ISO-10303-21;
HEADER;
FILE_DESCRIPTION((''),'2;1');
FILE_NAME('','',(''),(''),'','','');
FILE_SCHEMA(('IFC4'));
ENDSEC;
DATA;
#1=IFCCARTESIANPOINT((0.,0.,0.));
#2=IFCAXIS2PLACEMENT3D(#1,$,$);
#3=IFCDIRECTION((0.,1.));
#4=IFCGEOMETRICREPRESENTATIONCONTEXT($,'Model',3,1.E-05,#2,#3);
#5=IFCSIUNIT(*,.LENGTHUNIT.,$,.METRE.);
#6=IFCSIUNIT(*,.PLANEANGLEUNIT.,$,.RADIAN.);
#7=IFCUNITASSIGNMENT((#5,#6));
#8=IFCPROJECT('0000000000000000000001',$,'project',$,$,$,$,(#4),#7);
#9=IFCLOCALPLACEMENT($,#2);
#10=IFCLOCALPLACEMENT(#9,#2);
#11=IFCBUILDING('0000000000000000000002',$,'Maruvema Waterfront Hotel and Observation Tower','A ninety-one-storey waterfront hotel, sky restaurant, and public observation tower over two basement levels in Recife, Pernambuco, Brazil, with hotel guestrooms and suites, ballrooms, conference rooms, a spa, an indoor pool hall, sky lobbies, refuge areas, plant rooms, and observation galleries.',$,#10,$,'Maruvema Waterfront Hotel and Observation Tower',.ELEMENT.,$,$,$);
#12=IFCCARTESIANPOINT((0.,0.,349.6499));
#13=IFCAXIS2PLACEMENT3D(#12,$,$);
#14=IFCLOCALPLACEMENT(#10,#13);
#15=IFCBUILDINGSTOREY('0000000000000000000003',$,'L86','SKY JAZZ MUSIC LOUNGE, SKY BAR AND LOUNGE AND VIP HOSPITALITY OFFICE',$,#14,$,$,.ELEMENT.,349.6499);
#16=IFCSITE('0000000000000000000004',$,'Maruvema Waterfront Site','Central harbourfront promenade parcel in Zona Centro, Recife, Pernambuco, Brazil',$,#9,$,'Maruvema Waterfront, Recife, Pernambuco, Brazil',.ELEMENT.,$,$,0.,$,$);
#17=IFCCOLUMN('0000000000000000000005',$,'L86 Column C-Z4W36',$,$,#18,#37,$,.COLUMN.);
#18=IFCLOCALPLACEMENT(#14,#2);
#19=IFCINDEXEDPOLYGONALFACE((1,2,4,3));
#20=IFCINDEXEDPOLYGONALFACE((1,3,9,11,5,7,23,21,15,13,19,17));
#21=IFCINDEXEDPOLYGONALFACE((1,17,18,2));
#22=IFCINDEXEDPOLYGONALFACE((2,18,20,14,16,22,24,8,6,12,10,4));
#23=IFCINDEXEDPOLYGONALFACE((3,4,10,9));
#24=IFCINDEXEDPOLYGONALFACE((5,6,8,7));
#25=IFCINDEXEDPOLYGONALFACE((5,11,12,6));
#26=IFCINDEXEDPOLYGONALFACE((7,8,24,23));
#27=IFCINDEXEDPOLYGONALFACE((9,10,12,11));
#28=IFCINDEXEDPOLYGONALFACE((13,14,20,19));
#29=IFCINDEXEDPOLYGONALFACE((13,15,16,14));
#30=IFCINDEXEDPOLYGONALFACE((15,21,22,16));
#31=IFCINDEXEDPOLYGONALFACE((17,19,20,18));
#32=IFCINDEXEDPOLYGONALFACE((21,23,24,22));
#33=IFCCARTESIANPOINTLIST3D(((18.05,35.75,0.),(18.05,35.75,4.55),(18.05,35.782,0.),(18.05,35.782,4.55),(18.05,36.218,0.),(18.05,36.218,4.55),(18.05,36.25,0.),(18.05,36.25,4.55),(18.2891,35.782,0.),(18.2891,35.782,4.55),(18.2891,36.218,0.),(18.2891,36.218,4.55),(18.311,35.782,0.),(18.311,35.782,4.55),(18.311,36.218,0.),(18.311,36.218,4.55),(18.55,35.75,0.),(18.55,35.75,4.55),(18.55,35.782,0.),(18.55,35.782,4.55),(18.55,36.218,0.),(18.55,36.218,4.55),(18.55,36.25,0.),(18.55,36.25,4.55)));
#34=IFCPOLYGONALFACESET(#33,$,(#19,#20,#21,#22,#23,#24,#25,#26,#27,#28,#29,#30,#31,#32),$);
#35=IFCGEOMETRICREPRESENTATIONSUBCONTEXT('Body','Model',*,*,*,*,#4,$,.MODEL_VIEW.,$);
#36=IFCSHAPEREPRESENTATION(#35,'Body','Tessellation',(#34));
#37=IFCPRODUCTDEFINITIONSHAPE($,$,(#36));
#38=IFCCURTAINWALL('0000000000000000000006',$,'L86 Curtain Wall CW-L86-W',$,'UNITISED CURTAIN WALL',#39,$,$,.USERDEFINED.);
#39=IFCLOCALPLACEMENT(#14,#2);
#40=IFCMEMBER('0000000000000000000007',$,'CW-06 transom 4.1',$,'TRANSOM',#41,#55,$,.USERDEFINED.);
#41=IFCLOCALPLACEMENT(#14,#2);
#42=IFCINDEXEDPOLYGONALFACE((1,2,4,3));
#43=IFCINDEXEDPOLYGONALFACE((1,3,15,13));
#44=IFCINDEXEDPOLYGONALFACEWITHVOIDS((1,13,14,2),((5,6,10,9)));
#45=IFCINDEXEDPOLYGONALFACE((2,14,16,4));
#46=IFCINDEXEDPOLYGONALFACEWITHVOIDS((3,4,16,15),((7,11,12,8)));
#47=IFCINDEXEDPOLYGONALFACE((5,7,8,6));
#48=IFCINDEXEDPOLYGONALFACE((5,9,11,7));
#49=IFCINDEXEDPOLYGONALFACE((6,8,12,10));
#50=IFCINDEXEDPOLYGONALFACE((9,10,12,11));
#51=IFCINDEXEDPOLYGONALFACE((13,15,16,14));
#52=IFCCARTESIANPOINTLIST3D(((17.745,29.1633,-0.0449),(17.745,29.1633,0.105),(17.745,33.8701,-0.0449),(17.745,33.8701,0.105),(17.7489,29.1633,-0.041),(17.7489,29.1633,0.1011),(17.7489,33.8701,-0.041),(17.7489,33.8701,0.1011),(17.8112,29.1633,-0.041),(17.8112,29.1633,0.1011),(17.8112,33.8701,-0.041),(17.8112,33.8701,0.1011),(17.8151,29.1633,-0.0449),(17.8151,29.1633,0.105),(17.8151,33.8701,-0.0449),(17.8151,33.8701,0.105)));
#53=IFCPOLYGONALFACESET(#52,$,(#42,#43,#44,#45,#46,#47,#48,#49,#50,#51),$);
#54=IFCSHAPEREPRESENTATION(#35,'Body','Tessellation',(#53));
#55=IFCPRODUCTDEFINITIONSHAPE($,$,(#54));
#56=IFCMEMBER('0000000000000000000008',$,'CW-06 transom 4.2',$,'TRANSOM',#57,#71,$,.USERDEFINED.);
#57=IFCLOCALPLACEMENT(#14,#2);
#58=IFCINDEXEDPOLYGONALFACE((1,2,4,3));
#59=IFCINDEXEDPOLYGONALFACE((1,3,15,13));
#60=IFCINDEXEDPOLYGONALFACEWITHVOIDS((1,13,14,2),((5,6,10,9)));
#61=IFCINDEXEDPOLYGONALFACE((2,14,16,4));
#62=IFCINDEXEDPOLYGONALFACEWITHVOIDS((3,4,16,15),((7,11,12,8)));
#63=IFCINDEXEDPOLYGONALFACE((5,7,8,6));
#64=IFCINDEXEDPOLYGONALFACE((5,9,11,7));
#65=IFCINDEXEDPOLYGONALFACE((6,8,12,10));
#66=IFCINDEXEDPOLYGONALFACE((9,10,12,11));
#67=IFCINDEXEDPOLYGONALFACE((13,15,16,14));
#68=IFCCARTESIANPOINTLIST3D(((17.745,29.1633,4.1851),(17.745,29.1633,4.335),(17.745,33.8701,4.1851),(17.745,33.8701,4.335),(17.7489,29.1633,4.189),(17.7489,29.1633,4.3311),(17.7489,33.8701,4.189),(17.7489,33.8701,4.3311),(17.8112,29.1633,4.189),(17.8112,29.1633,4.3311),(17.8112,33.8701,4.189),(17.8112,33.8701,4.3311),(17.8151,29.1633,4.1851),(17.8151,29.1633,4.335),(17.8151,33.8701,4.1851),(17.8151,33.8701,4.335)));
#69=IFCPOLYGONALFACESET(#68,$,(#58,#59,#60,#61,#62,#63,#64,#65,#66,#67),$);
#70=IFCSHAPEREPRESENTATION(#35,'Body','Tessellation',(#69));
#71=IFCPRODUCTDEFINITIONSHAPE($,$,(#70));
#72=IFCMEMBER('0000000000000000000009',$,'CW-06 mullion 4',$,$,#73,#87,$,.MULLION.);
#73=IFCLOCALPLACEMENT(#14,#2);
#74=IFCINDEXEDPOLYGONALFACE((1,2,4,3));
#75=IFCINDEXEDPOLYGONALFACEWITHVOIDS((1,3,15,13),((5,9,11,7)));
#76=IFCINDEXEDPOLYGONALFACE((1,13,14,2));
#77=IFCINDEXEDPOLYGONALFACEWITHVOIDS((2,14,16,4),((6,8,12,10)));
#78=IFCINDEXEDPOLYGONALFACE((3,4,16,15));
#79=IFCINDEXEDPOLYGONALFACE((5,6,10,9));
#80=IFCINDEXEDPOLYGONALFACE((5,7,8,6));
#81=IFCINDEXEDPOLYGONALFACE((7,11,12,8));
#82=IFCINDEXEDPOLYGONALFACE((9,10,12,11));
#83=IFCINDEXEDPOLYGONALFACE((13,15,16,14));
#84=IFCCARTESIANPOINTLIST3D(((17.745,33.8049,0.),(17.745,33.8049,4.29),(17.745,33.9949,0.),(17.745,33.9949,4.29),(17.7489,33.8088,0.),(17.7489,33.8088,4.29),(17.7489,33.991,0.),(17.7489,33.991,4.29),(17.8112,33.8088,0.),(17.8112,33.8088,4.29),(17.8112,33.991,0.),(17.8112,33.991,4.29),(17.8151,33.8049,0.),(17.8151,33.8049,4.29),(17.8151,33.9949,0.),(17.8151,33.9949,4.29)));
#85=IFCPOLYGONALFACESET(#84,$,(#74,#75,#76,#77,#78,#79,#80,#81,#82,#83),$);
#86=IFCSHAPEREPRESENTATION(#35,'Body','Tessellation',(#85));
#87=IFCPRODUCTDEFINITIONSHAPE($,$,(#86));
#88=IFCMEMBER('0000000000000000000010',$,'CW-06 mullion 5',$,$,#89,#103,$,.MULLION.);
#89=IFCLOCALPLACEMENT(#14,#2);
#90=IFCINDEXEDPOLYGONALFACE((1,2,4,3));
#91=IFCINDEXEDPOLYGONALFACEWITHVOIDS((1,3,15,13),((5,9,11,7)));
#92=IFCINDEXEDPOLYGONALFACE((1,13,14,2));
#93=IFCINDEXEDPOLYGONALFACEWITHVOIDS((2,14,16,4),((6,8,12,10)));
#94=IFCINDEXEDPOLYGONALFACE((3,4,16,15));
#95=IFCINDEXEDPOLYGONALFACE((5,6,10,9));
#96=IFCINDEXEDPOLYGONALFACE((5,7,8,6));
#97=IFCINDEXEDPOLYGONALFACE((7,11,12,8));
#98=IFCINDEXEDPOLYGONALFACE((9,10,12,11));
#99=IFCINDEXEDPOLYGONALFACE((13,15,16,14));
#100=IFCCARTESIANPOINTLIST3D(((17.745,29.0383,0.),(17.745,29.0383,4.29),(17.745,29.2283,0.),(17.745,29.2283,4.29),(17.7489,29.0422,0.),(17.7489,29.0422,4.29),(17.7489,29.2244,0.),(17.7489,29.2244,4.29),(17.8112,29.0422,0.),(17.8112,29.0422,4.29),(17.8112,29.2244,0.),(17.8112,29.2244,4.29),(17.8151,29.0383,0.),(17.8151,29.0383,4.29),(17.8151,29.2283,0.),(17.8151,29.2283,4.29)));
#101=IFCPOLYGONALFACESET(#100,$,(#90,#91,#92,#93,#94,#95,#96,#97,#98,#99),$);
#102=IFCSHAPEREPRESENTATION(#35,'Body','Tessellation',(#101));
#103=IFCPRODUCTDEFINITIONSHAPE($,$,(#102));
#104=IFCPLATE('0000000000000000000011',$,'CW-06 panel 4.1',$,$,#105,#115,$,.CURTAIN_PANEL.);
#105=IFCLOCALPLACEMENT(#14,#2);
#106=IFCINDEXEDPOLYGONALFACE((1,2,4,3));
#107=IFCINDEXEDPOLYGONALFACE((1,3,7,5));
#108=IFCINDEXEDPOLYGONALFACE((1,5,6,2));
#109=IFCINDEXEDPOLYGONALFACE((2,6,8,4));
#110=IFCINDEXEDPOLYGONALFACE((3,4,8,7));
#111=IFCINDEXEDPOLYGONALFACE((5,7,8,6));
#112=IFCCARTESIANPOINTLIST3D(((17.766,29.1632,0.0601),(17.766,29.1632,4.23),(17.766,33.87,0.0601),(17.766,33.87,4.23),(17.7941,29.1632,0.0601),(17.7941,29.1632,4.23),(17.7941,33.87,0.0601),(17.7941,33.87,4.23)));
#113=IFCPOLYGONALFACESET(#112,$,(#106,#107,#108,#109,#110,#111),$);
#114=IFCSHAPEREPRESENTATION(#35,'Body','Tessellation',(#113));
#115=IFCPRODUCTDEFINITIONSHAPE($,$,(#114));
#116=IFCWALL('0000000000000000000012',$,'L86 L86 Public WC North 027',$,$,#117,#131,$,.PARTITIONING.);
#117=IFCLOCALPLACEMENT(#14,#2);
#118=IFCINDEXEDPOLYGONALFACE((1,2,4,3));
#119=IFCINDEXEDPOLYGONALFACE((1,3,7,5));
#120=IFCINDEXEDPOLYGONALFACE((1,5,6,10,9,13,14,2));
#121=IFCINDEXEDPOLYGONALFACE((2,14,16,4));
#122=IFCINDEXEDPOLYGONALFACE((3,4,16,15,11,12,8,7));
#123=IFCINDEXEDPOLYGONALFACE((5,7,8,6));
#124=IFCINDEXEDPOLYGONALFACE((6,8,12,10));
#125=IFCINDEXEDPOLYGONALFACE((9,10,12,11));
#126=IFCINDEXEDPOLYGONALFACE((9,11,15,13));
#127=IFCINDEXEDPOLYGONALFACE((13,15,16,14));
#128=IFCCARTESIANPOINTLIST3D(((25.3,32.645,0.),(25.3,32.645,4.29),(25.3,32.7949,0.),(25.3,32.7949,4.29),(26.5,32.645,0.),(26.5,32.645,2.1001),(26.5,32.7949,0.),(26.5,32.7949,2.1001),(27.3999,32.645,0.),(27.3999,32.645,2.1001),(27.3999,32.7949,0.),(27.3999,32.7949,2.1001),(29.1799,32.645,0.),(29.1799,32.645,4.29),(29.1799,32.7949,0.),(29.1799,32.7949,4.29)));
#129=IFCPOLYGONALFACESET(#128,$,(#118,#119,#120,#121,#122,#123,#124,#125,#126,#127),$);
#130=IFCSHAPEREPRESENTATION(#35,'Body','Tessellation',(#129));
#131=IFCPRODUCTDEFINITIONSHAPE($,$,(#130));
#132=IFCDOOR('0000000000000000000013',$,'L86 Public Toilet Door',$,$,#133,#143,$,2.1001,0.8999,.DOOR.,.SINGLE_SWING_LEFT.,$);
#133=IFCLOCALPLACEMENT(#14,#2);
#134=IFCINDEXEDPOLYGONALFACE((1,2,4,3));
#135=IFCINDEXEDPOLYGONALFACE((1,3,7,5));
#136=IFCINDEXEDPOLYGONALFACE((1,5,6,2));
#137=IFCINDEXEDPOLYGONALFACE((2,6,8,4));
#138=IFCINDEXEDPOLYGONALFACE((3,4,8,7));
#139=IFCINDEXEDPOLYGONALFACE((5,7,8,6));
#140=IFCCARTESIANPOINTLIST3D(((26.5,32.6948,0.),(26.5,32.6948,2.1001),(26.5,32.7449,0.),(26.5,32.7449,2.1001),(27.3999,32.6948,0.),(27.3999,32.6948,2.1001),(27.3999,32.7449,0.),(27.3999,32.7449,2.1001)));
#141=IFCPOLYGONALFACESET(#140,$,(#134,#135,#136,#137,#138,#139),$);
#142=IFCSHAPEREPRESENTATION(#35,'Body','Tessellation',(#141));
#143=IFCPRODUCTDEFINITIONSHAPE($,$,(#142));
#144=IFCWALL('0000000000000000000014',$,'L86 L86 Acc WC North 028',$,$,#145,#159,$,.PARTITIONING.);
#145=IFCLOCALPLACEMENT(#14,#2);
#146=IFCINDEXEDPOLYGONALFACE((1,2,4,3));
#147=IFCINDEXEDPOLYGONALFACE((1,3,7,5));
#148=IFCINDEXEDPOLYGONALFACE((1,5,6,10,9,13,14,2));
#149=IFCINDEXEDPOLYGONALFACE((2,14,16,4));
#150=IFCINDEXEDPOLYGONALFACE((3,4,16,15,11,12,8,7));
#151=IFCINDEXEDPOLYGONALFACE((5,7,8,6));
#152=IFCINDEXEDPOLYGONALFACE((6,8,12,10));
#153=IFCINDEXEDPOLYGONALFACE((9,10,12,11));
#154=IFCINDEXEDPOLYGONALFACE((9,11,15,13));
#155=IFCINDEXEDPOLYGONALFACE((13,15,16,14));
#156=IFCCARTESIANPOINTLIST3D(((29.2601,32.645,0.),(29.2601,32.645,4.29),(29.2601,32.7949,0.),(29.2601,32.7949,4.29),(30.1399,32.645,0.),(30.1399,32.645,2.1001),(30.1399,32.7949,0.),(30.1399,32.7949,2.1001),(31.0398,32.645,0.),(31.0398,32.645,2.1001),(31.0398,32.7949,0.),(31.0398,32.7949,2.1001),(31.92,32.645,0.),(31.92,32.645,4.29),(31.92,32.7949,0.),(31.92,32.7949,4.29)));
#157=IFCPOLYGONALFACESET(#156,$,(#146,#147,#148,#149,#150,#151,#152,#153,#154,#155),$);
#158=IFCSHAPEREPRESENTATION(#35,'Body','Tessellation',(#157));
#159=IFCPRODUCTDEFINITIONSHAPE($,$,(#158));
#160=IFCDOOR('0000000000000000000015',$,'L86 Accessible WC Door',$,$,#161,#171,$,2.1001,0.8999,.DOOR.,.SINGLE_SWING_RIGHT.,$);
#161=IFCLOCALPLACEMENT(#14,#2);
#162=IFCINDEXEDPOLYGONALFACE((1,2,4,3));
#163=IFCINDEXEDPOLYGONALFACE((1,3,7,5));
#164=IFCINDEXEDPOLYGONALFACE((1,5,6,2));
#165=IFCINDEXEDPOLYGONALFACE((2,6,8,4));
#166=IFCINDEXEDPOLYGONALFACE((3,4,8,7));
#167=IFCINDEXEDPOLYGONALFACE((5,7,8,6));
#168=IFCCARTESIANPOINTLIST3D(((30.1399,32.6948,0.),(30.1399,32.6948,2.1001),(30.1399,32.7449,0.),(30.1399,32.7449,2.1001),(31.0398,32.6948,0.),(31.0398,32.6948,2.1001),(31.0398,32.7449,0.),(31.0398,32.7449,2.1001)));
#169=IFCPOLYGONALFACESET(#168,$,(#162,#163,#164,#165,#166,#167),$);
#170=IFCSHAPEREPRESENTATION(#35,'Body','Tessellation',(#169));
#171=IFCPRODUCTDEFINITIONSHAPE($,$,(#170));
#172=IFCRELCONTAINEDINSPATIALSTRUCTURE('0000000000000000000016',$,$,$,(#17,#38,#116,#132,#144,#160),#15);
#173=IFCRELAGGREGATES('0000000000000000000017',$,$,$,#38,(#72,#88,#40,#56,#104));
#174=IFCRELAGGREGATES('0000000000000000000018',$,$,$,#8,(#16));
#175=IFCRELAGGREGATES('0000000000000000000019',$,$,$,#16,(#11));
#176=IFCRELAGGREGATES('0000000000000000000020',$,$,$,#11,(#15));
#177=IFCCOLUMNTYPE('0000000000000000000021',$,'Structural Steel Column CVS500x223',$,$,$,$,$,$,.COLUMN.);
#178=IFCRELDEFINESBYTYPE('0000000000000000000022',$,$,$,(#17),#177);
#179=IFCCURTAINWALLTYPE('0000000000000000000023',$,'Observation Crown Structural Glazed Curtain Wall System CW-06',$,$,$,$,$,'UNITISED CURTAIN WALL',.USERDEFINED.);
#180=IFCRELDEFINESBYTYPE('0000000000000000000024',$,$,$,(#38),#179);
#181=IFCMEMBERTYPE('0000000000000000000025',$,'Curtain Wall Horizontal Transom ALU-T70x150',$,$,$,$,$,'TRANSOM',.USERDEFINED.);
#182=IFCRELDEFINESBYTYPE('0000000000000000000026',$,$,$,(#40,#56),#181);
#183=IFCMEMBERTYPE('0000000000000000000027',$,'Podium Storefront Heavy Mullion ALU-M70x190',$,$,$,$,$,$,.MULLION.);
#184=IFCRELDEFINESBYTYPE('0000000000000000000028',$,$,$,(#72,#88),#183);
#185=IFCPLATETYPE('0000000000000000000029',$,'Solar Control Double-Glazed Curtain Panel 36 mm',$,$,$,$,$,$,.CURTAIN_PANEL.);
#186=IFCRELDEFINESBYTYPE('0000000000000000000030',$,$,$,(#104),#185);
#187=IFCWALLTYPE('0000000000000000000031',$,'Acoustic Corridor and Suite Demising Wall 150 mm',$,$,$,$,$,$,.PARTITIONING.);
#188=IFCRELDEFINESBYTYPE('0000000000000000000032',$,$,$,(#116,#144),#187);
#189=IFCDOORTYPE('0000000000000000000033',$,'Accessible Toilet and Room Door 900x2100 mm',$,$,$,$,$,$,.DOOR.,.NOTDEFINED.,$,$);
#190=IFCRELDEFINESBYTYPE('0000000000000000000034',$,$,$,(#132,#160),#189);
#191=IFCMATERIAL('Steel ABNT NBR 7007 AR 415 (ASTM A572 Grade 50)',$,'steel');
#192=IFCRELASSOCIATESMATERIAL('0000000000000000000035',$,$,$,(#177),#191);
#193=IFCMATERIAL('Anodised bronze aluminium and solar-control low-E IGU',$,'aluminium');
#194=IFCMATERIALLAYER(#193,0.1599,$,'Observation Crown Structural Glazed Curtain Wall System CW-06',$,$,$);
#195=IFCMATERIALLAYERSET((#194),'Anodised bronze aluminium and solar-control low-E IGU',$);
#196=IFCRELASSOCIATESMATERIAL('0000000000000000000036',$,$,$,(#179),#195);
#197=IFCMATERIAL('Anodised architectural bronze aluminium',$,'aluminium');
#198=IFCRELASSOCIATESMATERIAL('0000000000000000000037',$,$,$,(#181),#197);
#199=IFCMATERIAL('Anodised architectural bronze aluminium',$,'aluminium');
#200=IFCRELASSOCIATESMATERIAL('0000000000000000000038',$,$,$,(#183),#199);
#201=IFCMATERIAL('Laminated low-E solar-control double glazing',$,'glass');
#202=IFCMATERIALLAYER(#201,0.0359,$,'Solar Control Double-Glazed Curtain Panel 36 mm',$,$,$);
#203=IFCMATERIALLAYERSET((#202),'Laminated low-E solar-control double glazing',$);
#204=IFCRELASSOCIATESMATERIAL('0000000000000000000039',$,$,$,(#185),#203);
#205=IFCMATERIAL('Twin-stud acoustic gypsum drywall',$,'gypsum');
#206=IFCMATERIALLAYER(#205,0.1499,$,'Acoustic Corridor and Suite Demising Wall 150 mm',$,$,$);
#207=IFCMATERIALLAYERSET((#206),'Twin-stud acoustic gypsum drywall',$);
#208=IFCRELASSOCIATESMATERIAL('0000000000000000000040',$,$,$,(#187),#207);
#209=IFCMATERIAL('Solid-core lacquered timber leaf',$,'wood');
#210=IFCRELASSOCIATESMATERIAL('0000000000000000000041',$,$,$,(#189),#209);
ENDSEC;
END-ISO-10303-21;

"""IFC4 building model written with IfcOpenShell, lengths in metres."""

from ifc_helpers import new_model, si_unit, direction, frame, frame_2d, origin, origin_2d, place, context, subcontext, project, spatial, rectangle, hollow_rectangle, i_section, extrude, material, layer, layer_set, material_profile, profile_set, type_object, element, fill, aggregate, save


model = new_model("IFC4")

# Units and contexts
model_context = context("Model", 3, precision=1e-05, world=origin(), true_north=direction((0.0, 1.0)))
body_context = subcontext(model_context, "Body", "Model", "MODEL_VIEW")
ifc_project = project(units=[si_unit("LENGTHUNIT", "METRE"), si_unit("PLANEANGLEUNIT", "RADIAN")], contexts=[model_context])

# Site, building, storey
site_placement = place(None, origin())
site = spatial("IfcSite", under=ifc_project, at=site_placement, Name="Maruvema Waterfront Site", Description="Central harbourfront promenade parcel in Zona Centro, Recife, Pernambuco, Brazil", LongName="Maruvema Waterfront, Recife, Pernambuco, Brazil", CompositionType="ELEMENT", RefElevation=0.0)
building_placement = place(site_placement, origin())
building = spatial("IfcBuilding", under=site, at=building_placement, Name="Maruvema Waterfront Hotel and Observation Tower", Description="A ninety-one-storey waterfront hotel, sky restaurant, and public observation tower over two basement levels in Recife, Pernambuco, Brazil, with hotel guestrooms and suites, ballrooms, conference rooms, a spa, an indoor pool hall, sky lobbies, refuge areas, plant rooms, and observation galleries.", LongName="Maruvema Waterfront Hotel and Observation Tower", CompositionType="ELEMENT")
storey_placement = place(building_placement, frame((0.0, 0.0, 349.6499)))
storey = spatial("IfcBuildingStorey", under=building, at=storey_placement, Name="L86", Description="SKY JAZZ MUSIC LOUNGE, SKY BAR AND LOUNGE AND VIP HOSPITALITY OFFICE", CompositionType="ELEMENT", Elevation=349.6499)

# Column
ifc_material_1 = material(Name="Steel ABNT NBR 7007 AR 415 (ASTM A572 Grade 50)", Category="steel")
ifc_material_profile_1 = material_profile(ifc_material_1, i_section(OverallWidth=0.5, OverallDepth=0.5, WebThickness=0.022, FlangeThickness=0.032, at=origin_2d()), Name="CVS500x223")
ifc_profile_set_1 = profile_set([ifc_material_profile_1], Name="Steel ABNT NBR 7007 AR 415 (ASTM A572 Grade 50)")
column_type = type_object("IfcColumnType", Name="Structural Steel Column CVS500x223", PredefinedType="COLUMN", material=ifc_profile_set_1)
column_placement = place(storey_placement, frame((18.3, 36.0, 0.0), z_axis=(0.0, 0.0, 1.0), x_axis=(1.0, 0.0, 0.0)))
element("IfcColumn", 1, at=column_placement, inside=storey, type_object=column_type, Name="L86 Column C-Z4W36", PredefinedType="COLUMN", context=body_context, shape_type="SweptSolid", body=[
    extrude(i_section(OverallWidth=0.5, OverallDepth=0.5, WebThickness=0.022, FlangeThickness=0.032, at=origin_2d()), origin(), (0.0, 0.0, 1.0), 4.55),
])

# Curtain wall, members, plate
ifc_material_2 = material(Name="Anodised bronze aluminium and solar-control low-E IGU", Category="aluminium")
ifc_layer_1 = layer(ifc_material_2, 0.1599, Name="Observation Crown Structural Glazed Curtain Wall System CW-06")
ifc_layer_set_1 = layer_set([ifc_layer_1], Name="Anodised bronze aluminium and solar-control low-E IGU")
curtain_wall_type = type_object("IfcCurtainWallType", Name="Observation Crown Structural Glazed Curtain Wall System CW-06", ElementType="UNITISED CURTAIN WALL", PredefinedType="USERDEFINED", material=ifc_layer_set_1)
curtain_wall_placement = place(storey_placement, origin())
curtain_wall = element("IfcCurtainWall", 2, at=curtain_wall_placement, inside=storey, type_object=curtain_wall_type, Name="L86 Curtain Wall CW-L86-W", ObjectType="UNITISED CURTAIN WALL", PredefinedType="USERDEFINED")
ifc_material_3 = material(Name="Anodised architectural bronze aluminium", Category="aluminium")
ifc_material_profile_2 = material_profile(ifc_material_3, hollow_rectangle(XDim=0.0701, YDim=0.1499, WallThickness=0.0039, at=origin_2d()), Name="ALU-T70x150")
ifc_profile_set_2 = profile_set([ifc_material_profile_2], Name="Anodised architectural bronze aluminium")
member_type_1 = type_object("IfcMemberType", Name="Curtain Wall Horizontal Transom ALU-T70x150", ElementType="TRANSOM", PredefinedType="USERDEFINED", material=ifc_profile_set_2)
member_1_placement = place(storey_placement, frame((17.78, 33.8701, 0.03), z_axis=(0.0, -1.0, 0.0), x_axis=(1.0, 0.0, 0.0)))
member_1 = element("IfcMember", 3, at=member_1_placement, type_object=member_type_1, Name="CW-06 transom 4.1", ObjectType="TRANSOM", PredefinedType="USERDEFINED", context=body_context, shape_type="SweptSolid", body=[
    extrude(hollow_rectangle(XDim=0.0701, YDim=0.1499, WallThickness=0.0039, at=origin_2d()), origin(), (0.0, 0.0, 1.0), 4.7068),
])
member_2_placement = place(storey_placement, frame((17.78, 33.8701, 4.26), z_axis=(0.0, -1.0, 0.0), x_axis=(1.0, 0.0, 0.0)))
member_2 = element("IfcMember", 4, at=member_2_placement, type_object=member_type_1, Name="CW-06 transom 4.2", ObjectType="TRANSOM", PredefinedType="USERDEFINED", context=body_context, shape_type="SweptSolid", body=[
    extrude(hollow_rectangle(XDim=0.0701, YDim=0.1499, WallThickness=0.0039, at=origin_2d()), origin(), (0.0, 0.0, 1.0), 4.7068),
])
ifc_material_4 = material(Name="Anodised architectural bronze aluminium", Category="aluminium")
ifc_material_profile_3 = material_profile(ifc_material_4, hollow_rectangle(XDim=0.0701, YDim=0.1899, WallThickness=0.0039, at=origin_2d()), Name="ALU-M70x190")
ifc_profile_set_3 = profile_set([ifc_material_profile_3], Name="Anodised architectural bronze aluminium")
member_type_2 = type_object("IfcMemberType", Name="Podium Storefront Heavy Mullion ALU-M70x190", PredefinedType="MULLION", material=ifc_profile_set_3)
member_3_placement = place(storey_placement, frame((17.78, 33.8999, 0.0), z_axis=(0.0, 0.0, 1.0), x_axis=(1.0, 0.0, 0.0)))
member_3 = element("IfcMember", 5, at=member_3_placement, type_object=member_type_2, Name="CW-06 mullion 4", PredefinedType="MULLION", context=body_context, shape_type="SweptSolid", body=[
    extrude(hollow_rectangle(XDim=0.0701, YDim=0.1899, WallThickness=0.0039, at=origin_2d()), origin(), (0.0, 0.0, 1.0), 4.29),
])
member_4_placement = place(storey_placement, frame((17.78, 29.1333, 0.0), z_axis=(0.0, 0.0, 1.0), x_axis=(1.0, 0.0, 0.0)))
member_4 = element("IfcMember", 6, at=member_4_placement, type_object=member_type_2, Name="CW-06 mullion 5", PredefinedType="MULLION", context=body_context, shape_type="SweptSolid", body=[
    extrude(hollow_rectangle(XDim=0.0701, YDim=0.1899, WallThickness=0.0039, at=origin_2d()), origin(), (0.0, 0.0, 1.0), 4.29),
])
ifc_material_5 = material(Name="Laminated low-E solar-control double glazing", Category="glass")
ifc_layer_2 = layer(ifc_material_5, 0.0359, Name="Solar Control Double-Glazed Curtain Panel 36 mm")
ifc_layer_set_2 = layer_set([ifc_layer_2], Name="Laminated low-E solar-control double glazing")
plate_type = type_object("IfcPlateType", Name="Solar Control Double-Glazed Curtain Panel 36 mm", PredefinedType="CURTAIN_PANEL", material=ifc_layer_set_2)
plate_placement = place(storey_placement, frame((17.78, 31.5166, 0.0601), z_axis=(0.0, 0.0, 1.0), x_axis=(0.0, -1.0, 0.0)))
plate = element("IfcPlate", 7, at=plate_placement, type_object=plate_type, Name="CW-06 panel 4.1", PredefinedType="CURTAIN_PANEL", context=body_context, shape_type="SweptSolid", body=[
    extrude(rectangle(XDim=4.7068, YDim=0.0281, at=origin_2d()), origin(), (0.0, 0.0, 1.0), 4.1699),
])
aggregate(curtain_wall, [member_3, member_4, member_1, member_2, plate])

# Walls, openings, doors
ifc_material_6 = material(Name="Twin-stud acoustic gypsum drywall", Category="gypsum")
ifc_layer_3 = layer(ifc_material_6, 0.1499, Name="Acoustic Corridor and Suite Demising Wall 150 mm")
ifc_layer_set_3 = layer_set([ifc_layer_3], Name="Twin-stud acoustic gypsum drywall")
wall_type_1 = type_object("IfcWallType", Name="Acoustic Corridor and Suite Demising Wall 150 mm", PredefinedType="PARTITIONING", material=ifc_layer_set_3)
wall_1_placement = place(storey_placement, frame((25.3, 32.72, 0.0), z_axis=(0.0, 0.0, 1.0), x_axis=(1.0, 0.0, 0.0)))
wall_1 = element("IfcWall", 8, at=wall_1_placement, inside=storey, type_object=wall_type_1, Name="L86 L86 Public WC North 027", PredefinedType="PARTITIONING", context=body_context, shape_type="SweptSolid", body=[
    extrude(rectangle(XDim=3.8799, YDim=0.1499, at=frame_2d((1.9399, 0.0))), origin(), (0.0, 0.0, 1.0), 4.29),
])
opening_1_placement = place(wall_1_placement, frame((1.2, 0.0, 0.0)))
opening_1 = element("IfcOpeningElement", 9, at=opening_1_placement, cuts=wall_1, PredefinedType="OPENING", context=body_context, shape_type="SweptSolid", body=[
    extrude(rectangle(XDim=0.8999, YDim=2.1001, at=frame_2d((0.45, 1.05))), frame((0.0, 0.085, 0.0), z_axis=(0.0, -1.0, 0.0), x_axis=(1.0, 0.0, 0.0)), (0.0, 0.0, 1.0), 0.1699),
])
ifc_material_7 = material(Name="Solid-core lacquered timber leaf", Category="wood")
door_type_1 = type_object("IfcDoorType", Name="Accessible Toilet and Room Door 900x2100 mm", OperationType="NOTDEFINED", PredefinedType="DOOR", material=ifc_material_7)
door_1_placement = place(opening_1_placement, origin())
door_1 = element("IfcDoor", 10, at=door_1_placement, inside=storey, type_object=door_type_1, Name="L86 Public Toilet Door", OperationType="SINGLE_SWING_LEFT", OverallHeight=2.1001, OverallWidth=0.8999, PredefinedType="DOOR", context=body_context, shape_type="SweptSolid", body=[
    extrude(rectangle(XDim=0.8999, YDim=2.1001, at=frame_2d((0.45, 1.05))), frame((0.0, 0.0249, 0.0), z_axis=(0.0, -1.0, 0.0), x_axis=(1.0, 0.0, 0.0)), (0.0, 0.0, 1.0), 0.05),
])
fill(opening_1, door_1)
wall_2_placement = place(storey_placement, frame((29.26, 32.72, 0.0), z_axis=(0.0, 0.0, 1.0), x_axis=(1.0, 0.0, 0.0)))
wall_2 = element("IfcWall", 11, at=wall_2_placement, inside=storey, type_object=wall_type_1, Name="L86 L86 Acc WC North 028", PredefinedType="PARTITIONING", context=body_context, shape_type="SweptSolid", body=[
    extrude(rectangle(XDim=2.6599, YDim=0.1499, at=frame_2d((1.3301, 0.0))), origin(), (0.0, 0.0, 1.0), 4.29),
])
opening_2_placement = place(wall_2_placement, frame((0.8799, 0.0, 0.0)))
opening_2 = element("IfcOpeningElement", 12, at=opening_2_placement, cuts=wall_2, PredefinedType="OPENING", context=body_context, shape_type="SweptSolid", body=[
    extrude(rectangle(XDim=0.8999, YDim=2.1001, at=frame_2d((0.45, 1.05))), frame((0.0, 0.085, 0.0), z_axis=(0.0, -1.0, 0.0), x_axis=(1.0, 0.0, 0.0)), (0.0, 0.0, 1.0), 0.1699),
])
door_2_placement = place(opening_2_placement, origin())
door_2 = element("IfcDoor", 13, at=door_2_placement, inside=storey, type_object=door_type_1, Name="L86 Accessible WC Door", OperationType="SINGLE_SWING_RIGHT", OverallHeight=2.1001, OverallWidth=0.8999, PredefinedType="DOOR", context=body_context, shape_type="SweptSolid", body=[
    extrude(rectangle(XDim=0.8999, YDim=2.1001, at=frame_2d((0.45, 1.05))), frame((0.0, 0.0249, 0.0), z_axis=(0.0, -1.0, 0.0), x_axis=(1.0, 0.0, 0.0)), (0.0, 0.0, 1.0), 0.05),
])
fill(opening_2, door_2)

save(model, "model.ifc")
